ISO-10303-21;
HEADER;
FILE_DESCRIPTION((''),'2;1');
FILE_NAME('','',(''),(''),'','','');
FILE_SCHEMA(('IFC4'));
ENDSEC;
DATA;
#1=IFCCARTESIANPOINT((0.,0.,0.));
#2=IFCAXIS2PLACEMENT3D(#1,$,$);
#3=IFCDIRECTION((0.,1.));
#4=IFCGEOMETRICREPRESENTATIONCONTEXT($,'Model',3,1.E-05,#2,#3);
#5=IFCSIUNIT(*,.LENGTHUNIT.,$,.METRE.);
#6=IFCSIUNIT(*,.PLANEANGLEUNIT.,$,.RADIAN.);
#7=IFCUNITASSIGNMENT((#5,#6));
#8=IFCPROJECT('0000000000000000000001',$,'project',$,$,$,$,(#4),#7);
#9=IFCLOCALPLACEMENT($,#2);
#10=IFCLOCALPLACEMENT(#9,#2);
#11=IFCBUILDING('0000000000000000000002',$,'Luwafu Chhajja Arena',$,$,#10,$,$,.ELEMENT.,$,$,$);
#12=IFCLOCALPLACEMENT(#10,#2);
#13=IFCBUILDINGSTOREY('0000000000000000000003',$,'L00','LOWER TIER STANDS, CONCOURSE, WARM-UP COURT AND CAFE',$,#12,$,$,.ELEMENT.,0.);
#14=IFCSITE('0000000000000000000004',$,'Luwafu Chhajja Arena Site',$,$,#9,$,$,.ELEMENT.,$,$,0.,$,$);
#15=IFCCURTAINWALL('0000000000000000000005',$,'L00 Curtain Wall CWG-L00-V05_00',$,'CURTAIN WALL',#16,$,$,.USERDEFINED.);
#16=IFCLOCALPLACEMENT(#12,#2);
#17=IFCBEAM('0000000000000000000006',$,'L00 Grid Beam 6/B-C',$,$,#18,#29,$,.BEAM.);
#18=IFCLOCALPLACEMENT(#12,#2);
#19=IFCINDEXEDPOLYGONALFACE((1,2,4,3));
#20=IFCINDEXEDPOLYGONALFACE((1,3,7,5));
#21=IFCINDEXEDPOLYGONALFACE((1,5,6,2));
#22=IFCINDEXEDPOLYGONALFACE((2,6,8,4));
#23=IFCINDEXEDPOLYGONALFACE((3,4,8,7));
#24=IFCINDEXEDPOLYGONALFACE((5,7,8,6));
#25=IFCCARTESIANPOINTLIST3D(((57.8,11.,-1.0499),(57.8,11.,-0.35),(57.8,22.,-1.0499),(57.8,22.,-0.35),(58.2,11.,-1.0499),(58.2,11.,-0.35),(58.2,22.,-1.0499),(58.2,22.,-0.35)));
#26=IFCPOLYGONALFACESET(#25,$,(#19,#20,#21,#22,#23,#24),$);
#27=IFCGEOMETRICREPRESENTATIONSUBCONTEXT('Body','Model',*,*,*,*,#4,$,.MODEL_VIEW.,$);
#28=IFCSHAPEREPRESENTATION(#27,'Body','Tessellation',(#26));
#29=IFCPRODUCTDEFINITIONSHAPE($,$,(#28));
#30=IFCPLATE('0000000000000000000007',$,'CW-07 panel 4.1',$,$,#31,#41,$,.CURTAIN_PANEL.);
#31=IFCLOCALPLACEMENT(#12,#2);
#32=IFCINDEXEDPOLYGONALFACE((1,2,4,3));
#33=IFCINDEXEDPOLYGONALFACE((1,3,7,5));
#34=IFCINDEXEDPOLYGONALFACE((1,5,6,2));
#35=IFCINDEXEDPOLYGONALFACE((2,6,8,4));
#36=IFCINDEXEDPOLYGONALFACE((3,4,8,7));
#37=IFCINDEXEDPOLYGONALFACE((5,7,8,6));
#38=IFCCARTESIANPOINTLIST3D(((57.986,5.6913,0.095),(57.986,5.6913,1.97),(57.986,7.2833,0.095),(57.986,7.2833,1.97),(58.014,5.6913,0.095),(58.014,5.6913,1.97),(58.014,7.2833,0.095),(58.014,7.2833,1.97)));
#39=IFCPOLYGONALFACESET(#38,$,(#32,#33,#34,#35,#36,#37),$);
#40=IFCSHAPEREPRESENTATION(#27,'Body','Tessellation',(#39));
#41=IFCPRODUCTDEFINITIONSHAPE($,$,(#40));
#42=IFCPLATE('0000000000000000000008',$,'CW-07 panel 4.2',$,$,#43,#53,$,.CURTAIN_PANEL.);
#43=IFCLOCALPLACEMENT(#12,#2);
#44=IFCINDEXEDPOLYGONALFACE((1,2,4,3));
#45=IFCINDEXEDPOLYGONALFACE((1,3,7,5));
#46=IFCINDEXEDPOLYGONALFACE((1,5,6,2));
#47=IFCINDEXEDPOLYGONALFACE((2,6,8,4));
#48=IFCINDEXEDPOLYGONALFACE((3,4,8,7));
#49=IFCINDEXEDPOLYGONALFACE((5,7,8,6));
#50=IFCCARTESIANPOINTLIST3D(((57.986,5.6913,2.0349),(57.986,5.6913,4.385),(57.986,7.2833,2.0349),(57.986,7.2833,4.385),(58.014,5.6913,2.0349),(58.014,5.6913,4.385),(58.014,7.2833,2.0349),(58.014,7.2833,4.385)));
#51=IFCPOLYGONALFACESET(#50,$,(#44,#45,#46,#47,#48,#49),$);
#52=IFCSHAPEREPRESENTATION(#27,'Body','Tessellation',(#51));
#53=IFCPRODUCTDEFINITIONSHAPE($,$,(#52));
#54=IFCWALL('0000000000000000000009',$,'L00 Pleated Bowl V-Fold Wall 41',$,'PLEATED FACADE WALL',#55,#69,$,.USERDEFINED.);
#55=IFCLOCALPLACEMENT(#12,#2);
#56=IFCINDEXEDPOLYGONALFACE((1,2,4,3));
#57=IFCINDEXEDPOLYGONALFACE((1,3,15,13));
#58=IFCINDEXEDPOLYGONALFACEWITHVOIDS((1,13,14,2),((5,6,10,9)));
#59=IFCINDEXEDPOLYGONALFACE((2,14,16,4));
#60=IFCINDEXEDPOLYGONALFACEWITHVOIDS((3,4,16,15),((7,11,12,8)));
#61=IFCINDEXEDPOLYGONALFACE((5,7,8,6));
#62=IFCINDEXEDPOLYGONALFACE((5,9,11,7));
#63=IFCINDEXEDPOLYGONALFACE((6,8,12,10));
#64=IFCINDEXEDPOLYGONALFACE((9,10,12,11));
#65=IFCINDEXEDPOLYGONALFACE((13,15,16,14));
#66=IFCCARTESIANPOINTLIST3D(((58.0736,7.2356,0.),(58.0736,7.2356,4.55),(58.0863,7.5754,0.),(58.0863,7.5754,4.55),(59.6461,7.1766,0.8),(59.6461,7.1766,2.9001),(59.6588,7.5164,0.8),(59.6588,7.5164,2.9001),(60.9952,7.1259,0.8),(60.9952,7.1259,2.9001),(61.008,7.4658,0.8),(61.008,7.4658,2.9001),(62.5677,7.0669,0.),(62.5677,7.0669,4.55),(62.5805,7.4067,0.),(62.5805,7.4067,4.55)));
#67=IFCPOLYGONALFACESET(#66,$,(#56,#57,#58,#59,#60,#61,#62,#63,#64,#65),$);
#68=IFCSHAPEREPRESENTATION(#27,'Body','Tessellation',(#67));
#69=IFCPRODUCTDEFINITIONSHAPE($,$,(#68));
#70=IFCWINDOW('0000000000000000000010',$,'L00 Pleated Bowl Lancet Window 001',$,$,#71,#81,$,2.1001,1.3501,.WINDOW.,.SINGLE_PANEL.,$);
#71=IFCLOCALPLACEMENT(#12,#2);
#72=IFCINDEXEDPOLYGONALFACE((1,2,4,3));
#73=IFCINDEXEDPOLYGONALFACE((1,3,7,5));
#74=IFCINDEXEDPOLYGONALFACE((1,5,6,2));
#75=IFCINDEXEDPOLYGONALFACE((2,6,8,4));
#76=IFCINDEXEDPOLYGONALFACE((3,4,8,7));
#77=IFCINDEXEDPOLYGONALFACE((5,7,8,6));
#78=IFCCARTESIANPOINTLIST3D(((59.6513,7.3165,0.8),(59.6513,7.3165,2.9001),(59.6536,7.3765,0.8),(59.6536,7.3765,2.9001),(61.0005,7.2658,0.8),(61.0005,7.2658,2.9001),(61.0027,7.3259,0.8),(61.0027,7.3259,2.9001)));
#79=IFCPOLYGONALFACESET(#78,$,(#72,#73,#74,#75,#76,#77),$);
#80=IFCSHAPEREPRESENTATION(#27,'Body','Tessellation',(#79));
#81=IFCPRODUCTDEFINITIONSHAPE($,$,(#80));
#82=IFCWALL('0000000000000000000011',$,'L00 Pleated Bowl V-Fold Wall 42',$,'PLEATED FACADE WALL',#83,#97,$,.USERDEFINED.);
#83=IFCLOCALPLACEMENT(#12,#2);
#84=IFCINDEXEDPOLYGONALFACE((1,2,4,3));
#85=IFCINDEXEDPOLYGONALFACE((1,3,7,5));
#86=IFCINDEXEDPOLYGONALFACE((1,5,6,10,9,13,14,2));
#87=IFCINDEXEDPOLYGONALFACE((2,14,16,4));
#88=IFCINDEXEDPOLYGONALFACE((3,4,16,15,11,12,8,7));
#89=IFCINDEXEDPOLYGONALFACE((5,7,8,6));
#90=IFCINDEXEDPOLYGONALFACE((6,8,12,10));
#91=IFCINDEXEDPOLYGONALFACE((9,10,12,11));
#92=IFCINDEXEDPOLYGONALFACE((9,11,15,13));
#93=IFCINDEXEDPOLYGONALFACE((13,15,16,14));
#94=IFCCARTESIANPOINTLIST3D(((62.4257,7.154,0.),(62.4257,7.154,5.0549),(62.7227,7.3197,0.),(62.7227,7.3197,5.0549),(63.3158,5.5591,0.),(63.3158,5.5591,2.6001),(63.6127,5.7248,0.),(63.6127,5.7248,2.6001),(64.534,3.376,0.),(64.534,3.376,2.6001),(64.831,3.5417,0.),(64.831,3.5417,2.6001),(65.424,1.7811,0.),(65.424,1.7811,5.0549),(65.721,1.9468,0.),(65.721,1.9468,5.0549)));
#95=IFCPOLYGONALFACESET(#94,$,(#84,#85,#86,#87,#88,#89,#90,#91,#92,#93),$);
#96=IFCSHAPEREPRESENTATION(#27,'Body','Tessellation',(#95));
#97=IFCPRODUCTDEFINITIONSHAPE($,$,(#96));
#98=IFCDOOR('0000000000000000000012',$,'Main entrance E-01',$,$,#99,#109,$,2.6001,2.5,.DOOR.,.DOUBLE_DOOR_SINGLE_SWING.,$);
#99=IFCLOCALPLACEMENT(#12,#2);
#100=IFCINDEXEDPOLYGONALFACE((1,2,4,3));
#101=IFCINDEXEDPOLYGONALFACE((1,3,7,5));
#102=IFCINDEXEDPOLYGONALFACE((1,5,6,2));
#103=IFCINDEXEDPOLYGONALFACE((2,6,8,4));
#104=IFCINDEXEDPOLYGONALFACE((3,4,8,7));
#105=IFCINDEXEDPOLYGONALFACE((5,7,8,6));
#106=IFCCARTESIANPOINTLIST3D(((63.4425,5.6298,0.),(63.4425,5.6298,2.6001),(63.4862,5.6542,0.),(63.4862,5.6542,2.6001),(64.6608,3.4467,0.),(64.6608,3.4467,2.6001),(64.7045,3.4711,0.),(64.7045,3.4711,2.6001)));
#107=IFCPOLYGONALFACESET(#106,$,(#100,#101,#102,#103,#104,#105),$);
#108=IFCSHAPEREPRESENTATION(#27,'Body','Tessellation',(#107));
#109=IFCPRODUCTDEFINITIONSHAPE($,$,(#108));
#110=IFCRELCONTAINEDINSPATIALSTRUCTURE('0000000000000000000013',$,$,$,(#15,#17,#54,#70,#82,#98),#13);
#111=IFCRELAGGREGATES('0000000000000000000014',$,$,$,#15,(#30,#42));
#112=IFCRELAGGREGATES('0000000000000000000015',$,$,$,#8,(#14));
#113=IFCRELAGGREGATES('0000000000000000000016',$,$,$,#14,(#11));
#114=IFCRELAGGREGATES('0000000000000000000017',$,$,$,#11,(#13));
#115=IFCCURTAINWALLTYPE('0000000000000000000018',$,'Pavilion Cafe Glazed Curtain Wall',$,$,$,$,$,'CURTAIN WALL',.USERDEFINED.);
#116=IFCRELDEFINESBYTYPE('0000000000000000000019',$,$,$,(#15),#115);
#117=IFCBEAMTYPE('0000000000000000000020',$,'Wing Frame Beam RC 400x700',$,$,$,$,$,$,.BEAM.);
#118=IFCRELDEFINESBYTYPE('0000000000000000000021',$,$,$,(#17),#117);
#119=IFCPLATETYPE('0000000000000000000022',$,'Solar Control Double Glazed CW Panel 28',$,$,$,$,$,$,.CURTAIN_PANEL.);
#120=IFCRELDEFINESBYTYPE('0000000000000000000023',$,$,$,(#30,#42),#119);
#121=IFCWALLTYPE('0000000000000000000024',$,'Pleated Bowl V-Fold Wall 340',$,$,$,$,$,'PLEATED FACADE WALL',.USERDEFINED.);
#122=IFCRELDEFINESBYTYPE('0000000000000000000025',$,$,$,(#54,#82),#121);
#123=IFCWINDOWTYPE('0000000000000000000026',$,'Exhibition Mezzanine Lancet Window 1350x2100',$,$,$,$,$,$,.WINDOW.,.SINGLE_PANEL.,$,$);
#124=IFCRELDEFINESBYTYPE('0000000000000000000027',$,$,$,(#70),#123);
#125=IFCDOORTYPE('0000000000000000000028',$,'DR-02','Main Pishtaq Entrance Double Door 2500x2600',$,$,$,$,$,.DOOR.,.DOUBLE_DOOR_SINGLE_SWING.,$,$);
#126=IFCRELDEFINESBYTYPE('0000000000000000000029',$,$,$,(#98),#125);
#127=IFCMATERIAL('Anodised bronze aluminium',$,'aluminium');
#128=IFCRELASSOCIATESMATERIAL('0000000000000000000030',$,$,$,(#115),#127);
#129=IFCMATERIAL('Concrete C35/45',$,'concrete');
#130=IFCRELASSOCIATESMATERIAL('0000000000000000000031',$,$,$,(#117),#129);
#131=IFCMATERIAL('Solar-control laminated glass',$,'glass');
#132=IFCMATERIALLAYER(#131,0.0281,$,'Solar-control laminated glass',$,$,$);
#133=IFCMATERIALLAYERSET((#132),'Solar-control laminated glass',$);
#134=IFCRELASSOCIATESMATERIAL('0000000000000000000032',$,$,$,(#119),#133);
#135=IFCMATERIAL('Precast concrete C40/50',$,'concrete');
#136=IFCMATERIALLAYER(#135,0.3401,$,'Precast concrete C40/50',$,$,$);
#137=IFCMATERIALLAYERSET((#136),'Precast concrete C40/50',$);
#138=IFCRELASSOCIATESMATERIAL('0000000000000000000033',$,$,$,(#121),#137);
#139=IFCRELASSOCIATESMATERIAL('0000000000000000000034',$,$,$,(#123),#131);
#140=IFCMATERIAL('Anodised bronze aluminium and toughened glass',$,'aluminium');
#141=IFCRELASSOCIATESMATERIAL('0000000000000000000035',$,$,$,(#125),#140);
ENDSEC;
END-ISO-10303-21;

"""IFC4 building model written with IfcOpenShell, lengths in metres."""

from ifc_helpers import new_model, si_unit, direction, frame, frame_2d, origin, origin_2d, place, context, subcontext, project, spatial, rectangle, extrude, material, layer, layer_set, material_profile, profile_set, type_object, element, fill, aggregate, save


model = new_model("IFC4")

# Units and contexts
model_context = context("Model", 3, precision=1e-05, world=origin(), true_north=direction((0.0, 1.0)))
body_context = subcontext(model_context, "Body", "Model", "MODEL_VIEW")
ifc_project = project(units=[si_unit("LENGTHUNIT", "METRE"), si_unit("PLANEANGLEUNIT", "RADIAN")], contexts=[model_context])

# Site, building, storey
site_placement = place(None, origin())
site = spatial("IfcSite", under=ifc_project, at=site_placement, Name="Luwafu Chhajja Arena Site", CompositionType="ELEMENT", RefElevation=0.0)
building_placement = place(site_placement, origin())
building = spatial("IfcBuilding", under=site, at=building_placement, Name="Luwafu Chhajja Arena", CompositionType="ELEMENT")
storey_placement = place(building_placement, origin())
storey = spatial("IfcBuildingStorey", under=building, at=storey_placement, Name="L00", Description="LOWER TIER STANDS, CONCOURSE, WARM-UP COURT AND CAFE", CompositionType="ELEMENT", Elevation=0.0)

# Shared definitions
ifc_material_1 = material(Name="Concrete C35/45", Category="concrete")

# Curtain wall
ifc_material_2 = material(Name="Anodised bronze aluminium", Category="aluminium")
curtain_wall_type = type_object("IfcCurtainWallType", Name="Pavilion Cafe Glazed Curtain Wall", ElementType="CURTAIN WALL", PredefinedType="USERDEFINED", material=ifc_material_2)
curtain_wall_placement = place(storey_placement, origin())
curtain_wall = element("IfcCurtainWall", 1, at=curtain_wall_placement, inside=storey, type_object=curtain_wall_type, Name="L00 Curtain Wall CWG-L00-V05_00", ObjectType="CURTAIN WALL", PredefinedType="USERDEFINED")

# Beam
ifc_material_3 = material(Name="Precast concrete C40/50", Category="concrete")
ifc_material_profile_1 = material_profile(ifc_material_1, rectangle(XDim=0.3999, YDim=0.7, at=origin_2d()), Name="RC 400x700")
ifc_profile_set_1 = profile_set([ifc_material_profile_1], Name="Concrete C35/45")
beam_type_1 = type_object("IfcBeamType", Name="Wing Frame Beam RC 400x700", PredefinedType="BEAM", material=ifc_profile_set_1)
beam_1_placement = place(storey_placement, frame((58.0, 11.0, -0.7), z_axis=(0.0, 1.0, 0.0), x_axis=(-1.0, 0.0, 0.0)))
element("IfcBeam", 2, at=beam_1_placement, inside=storey, type_object=beam_type_1, Name="L00 Grid Beam 6/B-C", PredefinedType="BEAM", context=body_context, shape_type="SweptSolid", body=[
    extrude(rectangle(XDim=0.3999, YDim=0.7, at=origin_2d()), origin(), (0.0, 0.0, 1.0), 11.0),
])

# Plates
ifc_material_4 = material(Name="Solar-control laminated glass", Category="glass")
ifc_layer_1 = layer(ifc_material_4, 0.0281, Name="Solar-control laminated glass")
ifc_layer_set_1 = layer_set([ifc_layer_1], Name="Solar-control laminated glass")
plate_type = type_object("IfcPlateType", Name="Solar Control Double Glazed CW Panel 28", PredefinedType="CURTAIN_PANEL", material=ifc_layer_set_1)
plate_1_placement = place(storey_placement, frame((58.0, 6.4873, 0.095), z_axis=(0.0, 0.0, 1.0), x_axis=(0.0, 1.0, 0.0)))
plate_1 = element("IfcPlate", 3, at=plate_1_placement, type_object=plate_type, Name="CW-07 panel 4.1", PredefinedType="CURTAIN_PANEL", context=body_context, shape_type="SweptSolid", body=[
    extrude(rectangle(XDim=1.592, YDim=0.0281, at=origin_2d()), origin(), (0.0, 0.0, 1.0), 1.875),
])
plate_2_placement = place(storey_placement, frame((58.0, 6.4873, 2.0349), z_axis=(0.0, 0.0, 1.0), x_axis=(0.0, 1.0, 0.0)))
plate_2 = element("IfcPlate", 4, at=plate_2_placement, type_object=plate_type, Name="CW-07 panel 4.2", PredefinedType="CURTAIN_PANEL", context=body_context, shape_type="SweptSolid", body=[
    extrude(rectangle(XDim=1.592, YDim=0.0281, at=origin_2d()), origin(), (0.0, 0.0, 1.0), 2.3501),
])
aggregate(curtain_wall, [plate_1, plate_2])

# Wall, opening, window
ifc_layer_2 = layer(ifc_material_3, 0.3401, Name="Precast concrete C40/50")
ifc_layer_set_2 = layer_set([ifc_layer_2], Name="Precast concrete C40/50")
wall_type = type_object("IfcWallType", Name="Pleated Bowl V-Fold Wall 340", ElementType="PLEATED FACADE WALL", PredefinedType="USERDEFINED", material=ifc_layer_set_2)
wall_1_placement = place(storey_placement, frame((58.0801, 7.4055, 0.0), z_axis=(0.0, 0.0, 1.0), x_axis=(0.999296, -0.037512, 0.0)))
wall_1 = element("IfcWall", 5, at=wall_1_placement, inside=storey, type_object=wall_type, Name="L00 Pleated Bowl V-Fold Wall 41", ObjectType="PLEATED FACADE WALL", PredefinedType="USERDEFINED", context=body_context, shape_type="SweptSolid", body=[
    extrude(rectangle(XDim=4.4973, YDim=0.3401, at=frame_2d((2.2485, 0.0))), origin(), (0.0, 0.0, 1.0), 4.55),
])
opening_1_placement = place(wall_1_placement, frame((1.5735, 0.0, 0.8)))
opening_1 = element("IfcOpeningElement", 6, at=opening_1_placement, cuts=wall_1, PredefinedType="OPENING", context=body_context, shape_type="SweptSolid", body=[
    extrude(rectangle(XDim=1.3501, YDim=2.1001, at=frame_2d((0.675, 1.05))), frame((0.0, 0.1799, 0.0), z_axis=(0.0, -1.0, 0.0), x_axis=(1.0, 0.0, 0.0)), (0.0, 0.0, 1.0), 0.3601),
])
window_type = type_object("IfcWindowType", Name="Exhibition Mezzanine Lancet Window 1350x2100", PartitioningType="SINGLE_PANEL", PredefinedType="WINDOW", material=ifc_material_4)
window_placement = place(opening_1_placement, origin())
window = element("IfcWindow", 7, at=window_placement, inside=storey, type_object=window_type, Name="L00 Pleated Bowl Lancet Window 001", OverallHeight=2.1001, OverallWidth=1.3501, PartitioningType="SINGLE_PANEL", PredefinedType="WINDOW", context=body_context, shape_type="SweptSolid", body=[
    extrude(rectangle(XDim=1.3501, YDim=2.1001, at=frame_2d((0.675, 1.05))), frame((0.0, 0.03, 0.0), z_axis=(0.0, -1.0, 0.0), x_axis=(1.0, 0.0, 0.0)), (0.0, 0.0, 1.0), 0.0601),
])
fill(opening_1, window)

# Wall, opening, door
wall_2_placement = place(storey_placement, frame((62.5742, 7.2368, 0.0), z_axis=(0.0, 0.0, 1.0), x_axis=(0.487306, -0.873231, 0.0)))
wall_2 = element("IfcWall", 8, at=wall_2_placement, inside=storey, type_object=wall_type, Name="L00 Pleated Bowl V-Fold Wall 42", ObjectType="PLEATED FACADE WALL", PredefinedType="USERDEFINED", context=body_context, shape_type="SweptSolid", body=[
    extrude(rectangle(XDim=6.1528, YDim=0.3401, at=frame_2d((3.0764, 0.0))), origin(), (0.0, 0.0, 1.0), 5.0549),
])
opening_2_placement = place(wall_2_placement, frame((1.8264, 0.0, 0.0)))
opening_2 = element("IfcOpeningElement", 9, at=opening_2_placement, cuts=wall_2, PredefinedType="OPENING", context=body_context, shape_type="SweptSolid", body=[
    extrude(rectangle(XDim=2.5, YDim=2.6001, at=frame_2d((1.25, 1.3))), frame((0.0, 0.1799, 0.0), z_axis=(0.0, -1.0, 0.0), x_axis=(1.0, 0.0, 0.0)), (0.0, 0.0, 1.0), 0.3601),
])
ifc_material_5 = material(Name="Anodised bronze aluminium and toughened glass", Category="aluminium")
door_type = type_object("IfcDoorType", Name="DR-02", Description="Main Pishtaq Entrance Double Door 2500x2600", OperationType="DOUBLE_DOOR_SINGLE_SWING", PredefinedType="DOOR", material=ifc_material_5)
door_placement = place(opening_2_placement, frame((2.5, 0.0, 0.0), z_axis=(0.0, 0.0, 1.0), x_axis=(-1.0, 0.0, 0.0)))
door = element("IfcDoor", 10, at=door_placement, inside=storey, type_object=door_type, Name="Main entrance E-01", OperationType="DOUBLE_DOOR_SINGLE_SWING", OverallHeight=2.6001, OverallWidth=2.5, PredefinedType="DOOR", context=body_context, shape_type="SweptSolid", body=[
    extrude(rectangle(XDim=2.5, YDim=2.6001, at=frame_2d((1.25, 1.3))), frame((0.0, 0.0249, 0.0), z_axis=(0.0, -1.0, 0.0), x_axis=(1.0, 0.0, 0.0)), (0.0, 0.0, 1.0), 0.05),
])
fill(opening_2, door)

save(model, "model.ifc")
